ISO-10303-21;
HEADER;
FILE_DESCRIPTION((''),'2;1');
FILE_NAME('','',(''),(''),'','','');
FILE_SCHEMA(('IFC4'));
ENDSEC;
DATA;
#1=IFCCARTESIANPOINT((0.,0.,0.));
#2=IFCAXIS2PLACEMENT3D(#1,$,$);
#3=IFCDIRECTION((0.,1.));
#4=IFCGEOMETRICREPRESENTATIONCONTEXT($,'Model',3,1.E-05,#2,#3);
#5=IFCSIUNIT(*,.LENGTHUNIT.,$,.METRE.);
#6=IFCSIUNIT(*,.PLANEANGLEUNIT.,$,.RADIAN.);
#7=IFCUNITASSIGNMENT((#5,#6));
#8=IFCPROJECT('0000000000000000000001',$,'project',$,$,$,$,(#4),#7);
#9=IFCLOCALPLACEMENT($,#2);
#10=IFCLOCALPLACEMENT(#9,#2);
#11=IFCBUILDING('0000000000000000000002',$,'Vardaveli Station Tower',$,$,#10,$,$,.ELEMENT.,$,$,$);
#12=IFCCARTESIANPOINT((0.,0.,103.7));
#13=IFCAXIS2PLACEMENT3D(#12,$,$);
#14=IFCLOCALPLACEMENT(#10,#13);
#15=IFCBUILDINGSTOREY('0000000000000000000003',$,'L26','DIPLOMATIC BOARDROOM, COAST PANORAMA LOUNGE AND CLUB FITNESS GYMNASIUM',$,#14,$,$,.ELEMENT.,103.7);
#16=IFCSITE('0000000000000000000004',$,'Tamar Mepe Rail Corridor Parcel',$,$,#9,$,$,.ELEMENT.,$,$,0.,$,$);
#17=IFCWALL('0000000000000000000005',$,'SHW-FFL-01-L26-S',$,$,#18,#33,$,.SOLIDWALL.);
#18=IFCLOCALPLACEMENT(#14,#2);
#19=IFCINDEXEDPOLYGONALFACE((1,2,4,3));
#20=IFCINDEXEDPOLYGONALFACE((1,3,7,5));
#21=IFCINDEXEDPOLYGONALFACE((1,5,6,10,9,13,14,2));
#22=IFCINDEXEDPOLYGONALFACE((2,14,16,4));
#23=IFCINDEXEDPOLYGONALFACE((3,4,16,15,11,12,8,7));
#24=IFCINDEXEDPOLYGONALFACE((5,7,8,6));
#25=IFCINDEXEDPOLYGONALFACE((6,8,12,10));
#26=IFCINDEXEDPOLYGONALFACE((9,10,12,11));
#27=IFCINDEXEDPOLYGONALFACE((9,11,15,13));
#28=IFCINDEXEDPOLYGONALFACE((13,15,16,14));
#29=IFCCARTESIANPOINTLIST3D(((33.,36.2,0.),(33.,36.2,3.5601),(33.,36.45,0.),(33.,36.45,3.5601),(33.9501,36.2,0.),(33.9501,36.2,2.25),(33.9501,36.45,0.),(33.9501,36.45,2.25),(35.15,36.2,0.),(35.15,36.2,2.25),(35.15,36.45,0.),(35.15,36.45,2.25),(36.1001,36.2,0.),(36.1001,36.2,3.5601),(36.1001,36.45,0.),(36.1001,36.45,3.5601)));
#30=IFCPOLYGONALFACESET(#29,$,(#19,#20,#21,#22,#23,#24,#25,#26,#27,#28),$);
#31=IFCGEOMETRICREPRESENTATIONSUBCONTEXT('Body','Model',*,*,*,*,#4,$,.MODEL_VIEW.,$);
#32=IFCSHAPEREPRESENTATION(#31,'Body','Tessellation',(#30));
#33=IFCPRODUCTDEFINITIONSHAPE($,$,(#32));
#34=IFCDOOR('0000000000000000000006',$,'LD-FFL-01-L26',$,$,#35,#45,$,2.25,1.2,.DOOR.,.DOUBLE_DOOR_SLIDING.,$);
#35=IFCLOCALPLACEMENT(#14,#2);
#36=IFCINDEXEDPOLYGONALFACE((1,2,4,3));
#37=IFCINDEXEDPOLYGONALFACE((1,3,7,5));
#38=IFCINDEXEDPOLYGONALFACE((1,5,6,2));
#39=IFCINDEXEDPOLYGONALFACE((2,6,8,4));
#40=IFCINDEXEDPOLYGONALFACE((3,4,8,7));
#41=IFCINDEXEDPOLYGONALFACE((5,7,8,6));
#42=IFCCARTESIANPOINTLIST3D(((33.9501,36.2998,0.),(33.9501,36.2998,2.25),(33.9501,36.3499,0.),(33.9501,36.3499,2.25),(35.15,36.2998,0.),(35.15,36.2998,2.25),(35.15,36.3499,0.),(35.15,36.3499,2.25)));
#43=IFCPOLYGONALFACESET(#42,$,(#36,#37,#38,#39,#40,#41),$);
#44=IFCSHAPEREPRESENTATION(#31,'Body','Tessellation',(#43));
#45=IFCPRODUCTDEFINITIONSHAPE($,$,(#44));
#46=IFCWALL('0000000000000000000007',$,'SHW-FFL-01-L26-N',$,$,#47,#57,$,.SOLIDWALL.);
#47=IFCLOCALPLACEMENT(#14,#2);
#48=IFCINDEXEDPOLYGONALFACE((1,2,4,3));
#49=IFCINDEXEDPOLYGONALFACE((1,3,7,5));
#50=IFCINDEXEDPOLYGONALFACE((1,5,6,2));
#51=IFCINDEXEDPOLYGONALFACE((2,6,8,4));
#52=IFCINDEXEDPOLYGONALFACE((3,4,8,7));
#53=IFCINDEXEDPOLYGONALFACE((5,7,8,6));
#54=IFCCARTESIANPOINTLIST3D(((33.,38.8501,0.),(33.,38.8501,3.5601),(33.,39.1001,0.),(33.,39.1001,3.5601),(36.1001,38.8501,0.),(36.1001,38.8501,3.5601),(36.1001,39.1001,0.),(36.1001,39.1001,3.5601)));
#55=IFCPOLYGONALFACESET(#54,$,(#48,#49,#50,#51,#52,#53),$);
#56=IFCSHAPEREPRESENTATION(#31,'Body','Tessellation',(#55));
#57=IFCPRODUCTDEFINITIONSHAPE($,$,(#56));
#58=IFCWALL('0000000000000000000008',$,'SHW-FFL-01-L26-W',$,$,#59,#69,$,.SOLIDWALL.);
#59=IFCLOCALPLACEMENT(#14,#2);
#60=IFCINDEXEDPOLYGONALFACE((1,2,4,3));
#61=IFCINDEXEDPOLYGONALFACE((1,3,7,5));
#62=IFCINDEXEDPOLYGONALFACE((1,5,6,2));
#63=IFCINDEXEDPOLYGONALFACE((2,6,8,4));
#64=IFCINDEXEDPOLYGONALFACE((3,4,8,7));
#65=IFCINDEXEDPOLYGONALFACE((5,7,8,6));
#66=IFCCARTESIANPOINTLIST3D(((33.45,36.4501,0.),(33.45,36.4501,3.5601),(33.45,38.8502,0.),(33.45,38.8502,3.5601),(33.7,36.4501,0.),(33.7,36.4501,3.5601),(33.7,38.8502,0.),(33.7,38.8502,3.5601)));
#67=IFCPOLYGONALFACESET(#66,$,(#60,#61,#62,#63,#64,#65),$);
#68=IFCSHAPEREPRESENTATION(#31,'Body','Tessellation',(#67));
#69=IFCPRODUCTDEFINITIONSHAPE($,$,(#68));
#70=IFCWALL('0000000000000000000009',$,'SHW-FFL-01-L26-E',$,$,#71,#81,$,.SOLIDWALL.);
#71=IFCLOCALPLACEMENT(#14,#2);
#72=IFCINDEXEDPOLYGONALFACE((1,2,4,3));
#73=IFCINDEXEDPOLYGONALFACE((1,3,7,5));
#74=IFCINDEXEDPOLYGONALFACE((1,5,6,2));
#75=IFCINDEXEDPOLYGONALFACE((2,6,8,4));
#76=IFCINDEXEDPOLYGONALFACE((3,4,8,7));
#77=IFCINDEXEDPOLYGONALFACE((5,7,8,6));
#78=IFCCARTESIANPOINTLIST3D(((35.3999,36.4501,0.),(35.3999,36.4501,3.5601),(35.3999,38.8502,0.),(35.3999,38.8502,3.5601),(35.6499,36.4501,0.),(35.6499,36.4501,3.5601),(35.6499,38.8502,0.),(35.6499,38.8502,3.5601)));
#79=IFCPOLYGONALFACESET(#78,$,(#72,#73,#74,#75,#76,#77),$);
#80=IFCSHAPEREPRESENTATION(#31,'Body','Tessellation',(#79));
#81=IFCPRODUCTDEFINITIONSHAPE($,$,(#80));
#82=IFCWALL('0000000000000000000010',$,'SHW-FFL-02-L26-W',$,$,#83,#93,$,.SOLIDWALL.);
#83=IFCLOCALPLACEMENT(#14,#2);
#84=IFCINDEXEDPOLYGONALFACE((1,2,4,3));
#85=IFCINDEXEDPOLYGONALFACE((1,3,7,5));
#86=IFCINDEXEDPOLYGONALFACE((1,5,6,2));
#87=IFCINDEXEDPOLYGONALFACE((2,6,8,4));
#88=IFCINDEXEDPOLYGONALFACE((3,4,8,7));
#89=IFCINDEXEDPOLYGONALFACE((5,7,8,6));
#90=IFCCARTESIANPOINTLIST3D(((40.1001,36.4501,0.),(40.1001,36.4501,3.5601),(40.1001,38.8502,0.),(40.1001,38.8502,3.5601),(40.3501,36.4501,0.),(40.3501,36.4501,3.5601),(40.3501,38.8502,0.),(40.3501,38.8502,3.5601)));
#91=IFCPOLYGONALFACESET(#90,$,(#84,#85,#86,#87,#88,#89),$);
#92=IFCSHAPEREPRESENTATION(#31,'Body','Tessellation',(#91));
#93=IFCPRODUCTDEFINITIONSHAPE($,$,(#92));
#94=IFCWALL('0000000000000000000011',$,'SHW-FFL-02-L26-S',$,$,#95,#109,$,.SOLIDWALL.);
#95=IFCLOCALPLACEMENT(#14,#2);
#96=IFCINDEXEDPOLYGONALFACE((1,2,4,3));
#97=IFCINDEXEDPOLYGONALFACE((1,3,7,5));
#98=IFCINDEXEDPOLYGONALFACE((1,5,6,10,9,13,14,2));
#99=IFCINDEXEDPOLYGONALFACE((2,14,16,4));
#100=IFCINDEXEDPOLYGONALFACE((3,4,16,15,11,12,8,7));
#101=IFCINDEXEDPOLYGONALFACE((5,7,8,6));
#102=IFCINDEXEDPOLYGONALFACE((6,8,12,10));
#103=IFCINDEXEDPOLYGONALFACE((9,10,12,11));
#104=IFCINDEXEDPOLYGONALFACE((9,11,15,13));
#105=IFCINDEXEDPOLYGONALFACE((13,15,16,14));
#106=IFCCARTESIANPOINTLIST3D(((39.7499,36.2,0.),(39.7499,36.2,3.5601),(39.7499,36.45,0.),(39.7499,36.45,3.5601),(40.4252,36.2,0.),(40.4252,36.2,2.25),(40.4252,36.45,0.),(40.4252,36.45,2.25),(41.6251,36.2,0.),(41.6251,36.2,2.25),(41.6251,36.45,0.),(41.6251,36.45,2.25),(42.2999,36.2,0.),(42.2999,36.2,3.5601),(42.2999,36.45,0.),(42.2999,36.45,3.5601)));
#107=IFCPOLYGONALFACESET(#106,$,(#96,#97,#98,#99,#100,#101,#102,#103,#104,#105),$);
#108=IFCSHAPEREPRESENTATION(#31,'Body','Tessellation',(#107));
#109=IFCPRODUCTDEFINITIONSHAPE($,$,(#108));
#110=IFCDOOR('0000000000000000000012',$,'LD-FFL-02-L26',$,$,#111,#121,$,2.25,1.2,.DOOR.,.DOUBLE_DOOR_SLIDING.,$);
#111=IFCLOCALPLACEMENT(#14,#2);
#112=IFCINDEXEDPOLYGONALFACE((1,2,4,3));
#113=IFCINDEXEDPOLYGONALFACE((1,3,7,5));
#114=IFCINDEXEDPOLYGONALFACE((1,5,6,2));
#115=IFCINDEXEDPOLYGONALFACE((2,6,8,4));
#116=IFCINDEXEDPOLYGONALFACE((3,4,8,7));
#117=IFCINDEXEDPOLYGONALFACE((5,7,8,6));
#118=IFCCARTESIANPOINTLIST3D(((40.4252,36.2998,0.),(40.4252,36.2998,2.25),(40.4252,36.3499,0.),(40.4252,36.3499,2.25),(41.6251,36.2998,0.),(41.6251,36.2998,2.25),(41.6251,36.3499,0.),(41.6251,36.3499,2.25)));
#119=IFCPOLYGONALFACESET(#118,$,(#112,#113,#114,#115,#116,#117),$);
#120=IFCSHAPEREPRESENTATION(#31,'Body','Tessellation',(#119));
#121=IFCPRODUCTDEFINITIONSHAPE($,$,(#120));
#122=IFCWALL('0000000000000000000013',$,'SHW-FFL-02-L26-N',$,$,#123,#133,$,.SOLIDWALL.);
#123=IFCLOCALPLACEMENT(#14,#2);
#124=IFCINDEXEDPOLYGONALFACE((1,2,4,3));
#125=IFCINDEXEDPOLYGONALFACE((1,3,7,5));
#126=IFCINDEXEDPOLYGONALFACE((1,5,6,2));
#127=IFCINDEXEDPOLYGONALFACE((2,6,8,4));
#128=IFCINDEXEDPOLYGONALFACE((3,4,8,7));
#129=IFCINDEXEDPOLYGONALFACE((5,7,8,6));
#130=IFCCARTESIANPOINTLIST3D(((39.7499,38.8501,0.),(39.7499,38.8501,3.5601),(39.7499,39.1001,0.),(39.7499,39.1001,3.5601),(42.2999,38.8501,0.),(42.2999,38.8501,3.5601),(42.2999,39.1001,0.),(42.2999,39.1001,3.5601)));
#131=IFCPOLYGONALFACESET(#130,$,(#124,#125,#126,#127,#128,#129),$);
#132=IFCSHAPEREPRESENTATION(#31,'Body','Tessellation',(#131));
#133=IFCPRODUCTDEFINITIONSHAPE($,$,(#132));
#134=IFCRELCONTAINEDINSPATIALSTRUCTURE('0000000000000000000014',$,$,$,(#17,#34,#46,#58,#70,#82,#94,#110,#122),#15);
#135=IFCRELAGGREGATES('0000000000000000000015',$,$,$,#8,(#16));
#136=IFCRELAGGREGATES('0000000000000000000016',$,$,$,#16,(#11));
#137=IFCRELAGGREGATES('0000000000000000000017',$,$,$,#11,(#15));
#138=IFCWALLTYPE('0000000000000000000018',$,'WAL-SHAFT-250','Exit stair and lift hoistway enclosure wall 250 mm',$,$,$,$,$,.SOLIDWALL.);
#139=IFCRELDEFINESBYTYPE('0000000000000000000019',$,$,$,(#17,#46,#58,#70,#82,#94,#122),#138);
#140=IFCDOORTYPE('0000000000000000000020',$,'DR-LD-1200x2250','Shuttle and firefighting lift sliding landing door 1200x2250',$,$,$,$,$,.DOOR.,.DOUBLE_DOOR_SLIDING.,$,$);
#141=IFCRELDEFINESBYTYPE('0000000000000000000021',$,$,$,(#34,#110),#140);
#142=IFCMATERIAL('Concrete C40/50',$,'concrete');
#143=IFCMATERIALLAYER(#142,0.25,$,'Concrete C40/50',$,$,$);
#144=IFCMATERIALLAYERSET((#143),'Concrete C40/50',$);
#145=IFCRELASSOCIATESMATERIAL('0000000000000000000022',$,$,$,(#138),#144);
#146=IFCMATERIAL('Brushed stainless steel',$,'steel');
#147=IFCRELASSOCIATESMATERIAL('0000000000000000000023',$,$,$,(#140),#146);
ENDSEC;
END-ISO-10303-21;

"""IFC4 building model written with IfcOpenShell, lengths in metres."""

from ifc_helpers import new_model, si_unit, direction, frame, frame_2d, origin, place, context, subcontext, project, spatial, rectangle, extrude, source, transform, mapped, material, layer, layer_set, type_object, element, fill, save


model = new_model("IFC4")

# Units and contexts
model_context = context("Model", 3, precision=1e-05, world=origin(), true_north=direction((0.0, 1.0)))
body_context = subcontext(model_context, "Body", "Model", "MODEL_VIEW")
ifc_project = project(units=[si_unit("LENGTHUNIT", "METRE"), si_unit("PLANEANGLEUNIT", "RADIAN")], contexts=[model_context])

# Site, building, storey
site_placement = place(None, origin())
site = spatial("IfcSite", under=ifc_project, at=site_placement, Name="Tamar Mepe Rail Corridor Parcel", CompositionType="ELEMENT", RefElevation=0.0)
building_placement = place(site_placement, origin())
building = spatial("IfcBuilding", under=site, at=building_placement, Name="Vardaveli Station Tower", CompositionType="ELEMENT")
storey_placement = place(building_placement, frame((0.0, 0.0, 103.7)))
storey = spatial("IfcBuildingStorey", under=building, at=storey_placement, Name="L26", Description="DIPLOMATIC BOARDROOM, COAST PANORAMA LOUNGE AND CLUB FITNESS GYMNASIUM", CompositionType="ELEMENT", Elevation=103.7)

# Shared definitions
ifc_material_1 = material(Name="Concrete C40/50", Category="concrete")
ifc_layer_1 = layer(ifc_material_1, 0.25, Name="Concrete C40/50")
ifc_layer_set_1 = layer_set([ifc_layer_1], Name="Concrete C40/50")
wall_type = type_object("IfcWallType", Name="WAL-SHAFT-250", Description="Exit stair and lift hoistway enclosure wall 250 mm", PredefinedType="SOLIDWALL", material=ifc_layer_set_1)

# Wall, opening, door
shared_shape_1 = source(origin(), body_context, "Body", "SweptSolid", [
    extrude(rectangle(XDim=3.1001, YDim=0.25, at=frame_2d((1.55, 0.0))), origin(), (0.0, 0.0, 1.0), 3.5601),
])
wall_1_placement = place(storey_placement, frame((33.0, 36.325, 0.0), z_axis=(0.0, 0.0, 1.0), x_axis=(1.0, 0.0, 0.0)))
wall_1 = element("IfcWall", 1, at=wall_1_placement, inside=storey, type_object=wall_type, Name="SHW-FFL-01-L26-S", PredefinedType="SOLIDWALL", context=body_context, shape_type="MappedRepresentation", body=[
    mapped(shared_shape_1, transform((0.0, 0.0, 0.0), scale=1.0)),
])
shared_shape_2 = source(origin(), body_context, "Body", "SweptSolid", [
    extrude(rectangle(XDim=1.2, YDim=2.25, at=frame_2d((0.6001, 1.125))), frame((0.0, 0.135, 0.0), z_axis=(0.0, -1.0, 0.0), x_axis=(1.0, 0.0, 0.0)), (0.0, 0.0, 1.0), 0.27),
])
opening_1_placement = place(wall_1_placement, frame((0.95, 0.0, 0.0)))
opening_1 = element("IfcOpeningElement", 2, at=opening_1_placement, cuts=wall_1, PredefinedType="OPENING", context=body_context, shape_type="MappedRepresentation", body=[
    mapped(shared_shape_2, transform((0.0, 0.0, 0.0), scale=1.0)),
])
ifc_material_2 = material(Name="Brushed stainless steel", Category="steel")
door_type = type_object("IfcDoorType", Name="DR-LD-1200x2250", Description="Shuttle and firefighting lift sliding landing door 1200x2250", OperationType="DOUBLE_DOOR_SLIDING", PredefinedType="DOOR", material=ifc_material_2)
shared_shape_3 = source(origin(), body_context, "Body", "SweptSolid", [
    extrude(rectangle(XDim=1.2, YDim=2.25, at=frame_2d((0.6001, 1.125))), frame((0.0, 0.0249, 0.0), z_axis=(0.0, -1.0, 0.0), x_axis=(1.0, 0.0, 0.0)), (0.0, 0.0, 1.0), 0.05),
])
door_1_placement = place(opening_1_placement, origin())
door_1 = element("IfcDoor", 3, at=door_1_placement, inside=storey, type_object=door_type, Name="LD-FFL-01-L26", OperationType="DOUBLE_DOOR_SLIDING", OverallHeight=2.25, OverallWidth=1.2, PredefinedType="DOOR", context=body_context, shape_type="MappedRepresentation", body=[
    mapped(shared_shape_3, transform((0.0, 0.0, 0.0), scale=1.0)),
])
fill(opening_1, door_1)

# Walls
wall_2_placement = place(storey_placement, frame((33.0, 38.9751, 0.0), z_axis=(0.0, 0.0, 1.0), x_axis=(1.0, 0.0, 0.0)))
element("IfcWall", 4, at=wall_2_placement, inside=storey, type_object=wall_type, Name="SHW-FFL-01-L26-N", PredefinedType="SOLIDWALL", context=body_context, shape_type="MappedRepresentation", body=[
    mapped(shared_shape_1, transform((0.0, 0.0, 0.0), scale=1.0)),
])
shared_shape_4 = source(origin(), body_context, "Body", "SweptSolid", [
    extrude(rectangle(XDim=2.4001, YDim=0.25, at=frame_2d((1.2002, 0.0))), origin(), (0.0, 0.0, 1.0), 3.5601),
])
for number, where, z_axis, x_axis, name in (
    (5, (33.575, 36.45, 0.0), (0.0, 0.0, 1.0), (0.0, 1.0, 0.0), "SHW-FFL-01-L26-W"),
    (6, (35.5249, 36.45, 0.0), (0.0, 0.0, 1.0), (0.0, 1.0, 0.0), "SHW-FFL-01-L26-E"),
    (7, (40.2251, 36.45, 0.0), (0.0, 0.0, 1.0), (0.0, 1.0, 0.0), "SHW-FFL-02-L26-W"),
):
    element("IfcWall", number, at=place(storey_placement, frame(where, z_axis=z_axis, x_axis=x_axis)), inside=storey, type_object=wall_type, Name=name, PredefinedType="SOLIDWALL", context=body_context, shape_type="MappedRepresentation", body=[
        mapped(shared_shape_4, transform((0.0, 0.0, 0.0), scale=1.0)),
    ])

# Wall, opening, door
shared_shape_5 = source(origin(), body_context, "Body", "SweptSolid", [
    extrude(rectangle(XDim=2.55, YDim=0.25, at=frame_2d((1.2749, 0.0))), origin(), (0.0, 0.0, 1.0), 3.5601),
])
wall_3_placement = place(storey_placement, frame((39.75, 36.325, 0.0), z_axis=(0.0, 0.0, 1.0), x_axis=(1.0, 0.0, 0.0)))
wall_3 = element("IfcWall", 8, at=wall_3_placement, inside=storey, type_object=wall_type, Name="SHW-FFL-02-L26-S", PredefinedType="SOLIDWALL", context=body_context, shape_type="MappedRepresentation", body=[
    mapped(shared_shape_5, transform((0.0, 0.0, 0.0), scale=1.0)),
])
opening_2_placement = place(wall_3_placement, frame((0.675, 0.0, 0.0)))
opening_2 = element("IfcOpeningElement", 9, at=opening_2_placement, cuts=wall_3, PredefinedType="OPENING", context=body_context, shape_type="MappedRepresentation", body=[
    mapped(shared_shape_2, transform((0.0, 0.0, 0.0), scale=1.0)),
])
door_2_placement = place(opening_2_placement, origin())
door_2 = element("IfcDoor", 10, at=door_2_placement, inside=storey, type_object=door_type, Name="LD-FFL-02-L26", OperationType="DOUBLE_DOOR_SLIDING", OverallHeight=2.25, OverallWidth=1.2, PredefinedType="DOOR", context=body_context, shape_type="MappedRepresentation", body=[
    mapped(shared_shape_3, transform((0.0, 0.0, 0.0), scale=1.0)),
])
fill(opening_2, door_2)

# Wall
wall_4_placement = place(storey_placement, frame((39.75, 38.9751, 0.0), z_axis=(0.0, 0.0, 1.0), x_axis=(1.0, 0.0, 0.0)))
element("IfcWall", 11, at=wall_4_placement, inside=storey, type_object=wall_type, Name="SHW-FFL-02-L26-N", PredefinedType="SOLIDWALL", context=body_context, shape_type="MappedRepresentation", body=[
    mapped(shared_shape_5, transform((0.0, 0.0, 0.0), scale=1.0)),
])

save(model, "model.ifc")
